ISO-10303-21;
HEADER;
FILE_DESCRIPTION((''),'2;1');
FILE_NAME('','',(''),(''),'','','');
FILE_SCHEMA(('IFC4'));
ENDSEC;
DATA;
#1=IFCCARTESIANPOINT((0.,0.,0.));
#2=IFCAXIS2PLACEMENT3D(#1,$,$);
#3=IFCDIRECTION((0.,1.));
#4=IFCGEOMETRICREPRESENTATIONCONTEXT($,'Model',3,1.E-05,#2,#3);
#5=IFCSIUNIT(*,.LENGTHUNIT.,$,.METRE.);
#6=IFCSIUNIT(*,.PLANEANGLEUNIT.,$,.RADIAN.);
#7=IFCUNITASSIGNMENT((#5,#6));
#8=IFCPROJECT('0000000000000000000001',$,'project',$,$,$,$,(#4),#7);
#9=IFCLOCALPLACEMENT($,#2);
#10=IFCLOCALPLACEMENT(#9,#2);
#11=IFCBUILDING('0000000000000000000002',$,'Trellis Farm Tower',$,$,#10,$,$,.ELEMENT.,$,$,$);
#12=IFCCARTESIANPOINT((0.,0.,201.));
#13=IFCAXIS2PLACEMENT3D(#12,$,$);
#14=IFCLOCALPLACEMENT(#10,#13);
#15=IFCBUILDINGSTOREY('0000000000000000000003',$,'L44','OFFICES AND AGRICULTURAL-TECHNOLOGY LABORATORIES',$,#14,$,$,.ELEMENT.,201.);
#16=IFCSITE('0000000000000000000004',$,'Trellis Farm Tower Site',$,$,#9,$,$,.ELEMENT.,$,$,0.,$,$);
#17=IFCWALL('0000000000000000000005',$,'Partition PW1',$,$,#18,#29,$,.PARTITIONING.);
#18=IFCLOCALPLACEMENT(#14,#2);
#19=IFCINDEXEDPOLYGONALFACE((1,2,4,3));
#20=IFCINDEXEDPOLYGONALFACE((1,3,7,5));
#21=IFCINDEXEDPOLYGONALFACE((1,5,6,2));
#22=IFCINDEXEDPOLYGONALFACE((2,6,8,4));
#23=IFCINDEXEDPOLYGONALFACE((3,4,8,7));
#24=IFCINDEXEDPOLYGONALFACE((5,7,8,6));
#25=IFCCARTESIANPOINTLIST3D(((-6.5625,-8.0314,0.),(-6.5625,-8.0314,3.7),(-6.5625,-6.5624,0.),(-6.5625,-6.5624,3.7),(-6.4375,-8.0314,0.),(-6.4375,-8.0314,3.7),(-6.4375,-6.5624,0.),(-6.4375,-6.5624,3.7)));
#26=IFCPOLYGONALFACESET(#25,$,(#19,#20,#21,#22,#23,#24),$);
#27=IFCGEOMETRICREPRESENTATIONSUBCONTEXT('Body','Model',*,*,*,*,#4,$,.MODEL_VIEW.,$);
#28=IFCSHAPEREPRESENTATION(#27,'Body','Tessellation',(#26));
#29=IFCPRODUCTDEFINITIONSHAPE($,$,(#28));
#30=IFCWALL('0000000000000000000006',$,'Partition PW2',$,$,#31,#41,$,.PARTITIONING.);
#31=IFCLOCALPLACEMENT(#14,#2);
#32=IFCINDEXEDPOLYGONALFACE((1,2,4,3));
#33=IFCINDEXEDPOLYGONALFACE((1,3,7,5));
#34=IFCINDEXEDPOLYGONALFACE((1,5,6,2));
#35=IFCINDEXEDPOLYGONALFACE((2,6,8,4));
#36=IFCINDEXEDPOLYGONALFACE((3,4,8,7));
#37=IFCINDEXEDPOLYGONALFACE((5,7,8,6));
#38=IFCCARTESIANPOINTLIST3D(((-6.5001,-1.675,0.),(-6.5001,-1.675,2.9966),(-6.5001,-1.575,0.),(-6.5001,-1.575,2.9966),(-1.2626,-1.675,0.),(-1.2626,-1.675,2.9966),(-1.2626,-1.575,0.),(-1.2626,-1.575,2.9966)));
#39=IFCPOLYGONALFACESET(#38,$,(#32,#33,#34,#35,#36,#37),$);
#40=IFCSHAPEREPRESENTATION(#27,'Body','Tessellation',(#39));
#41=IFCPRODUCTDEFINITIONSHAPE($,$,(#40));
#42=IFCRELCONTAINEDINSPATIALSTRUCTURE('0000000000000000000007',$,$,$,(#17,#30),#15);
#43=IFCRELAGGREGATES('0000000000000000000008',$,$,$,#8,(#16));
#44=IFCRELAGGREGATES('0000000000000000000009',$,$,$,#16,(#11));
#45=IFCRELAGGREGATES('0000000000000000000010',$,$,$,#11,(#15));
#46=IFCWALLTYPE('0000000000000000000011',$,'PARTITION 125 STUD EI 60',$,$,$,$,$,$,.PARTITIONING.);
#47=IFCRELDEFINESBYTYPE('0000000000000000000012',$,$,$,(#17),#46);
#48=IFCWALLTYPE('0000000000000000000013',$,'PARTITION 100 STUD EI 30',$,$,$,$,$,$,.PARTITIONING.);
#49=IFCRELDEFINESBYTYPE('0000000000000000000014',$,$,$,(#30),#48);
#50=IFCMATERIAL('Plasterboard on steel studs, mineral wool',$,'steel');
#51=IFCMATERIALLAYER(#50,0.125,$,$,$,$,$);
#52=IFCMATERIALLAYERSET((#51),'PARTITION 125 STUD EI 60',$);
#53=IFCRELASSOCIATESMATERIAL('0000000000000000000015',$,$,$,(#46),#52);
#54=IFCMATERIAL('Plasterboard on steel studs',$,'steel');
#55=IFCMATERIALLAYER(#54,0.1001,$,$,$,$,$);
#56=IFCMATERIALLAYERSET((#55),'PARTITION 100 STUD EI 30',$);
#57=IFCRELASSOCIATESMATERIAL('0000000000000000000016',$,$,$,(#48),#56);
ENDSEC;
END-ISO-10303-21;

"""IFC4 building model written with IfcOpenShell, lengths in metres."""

from ifc_helpers import new_model, si_unit, direction, frame, frame_2d, origin, place, context, subcontext, project, spatial, rectangle, extrude, source, transform, mapped, material, layer, layer_set, type_object, element, save


model = new_model("IFC4")

# Units and contexts
model_context = context("Model", 3, precision=1e-05, world=origin(), true_north=direction((0.0, 1.0)))
body_context = subcontext(model_context, "Body", "Model", "MODEL_VIEW")
ifc_project = project(units=[si_unit("LENGTHUNIT", "METRE"), si_unit("PLANEANGLEUNIT", "RADIAN")], contexts=[model_context])

# Site, building, storey
site_placement = place(None, origin())
site = spatial("IfcSite", under=ifc_project, at=site_placement, Name="Trellis Farm Tower Site", CompositionType="ELEMENT", RefElevation=0.0)
building_placement = place(site_placement, origin())
building = spatial("IfcBuilding", under=site, at=building_placement, Name="Trellis Farm Tower", CompositionType="ELEMENT")
storey_placement = place(building_placement, frame((0.0, 0.0, 201.0)))
storey = spatial("IfcBuildingStorey", under=building, at=storey_placement, Name="L44", Description="OFFICES AND AGRICULTURAL-TECHNOLOGY LABORATORIES", CompositionType="ELEMENT", Elevation=201.0)

# Walls
ifc_material_1 = material(Name="Plasterboard on steel studs, mineral wool", Category="steel")
ifc_layer_1 = layer(ifc_material_1, 0.125)
ifc_layer_set_1 = layer_set([ifc_layer_1], Name="PARTITION 125 STUD EI 60")
wall_type_1 = type_object("IfcWallType", Name="PARTITION 125 STUD EI 60", PredefinedType="PARTITIONING", material=ifc_layer_set_1)
shared_shape_1 = source(origin(), body_context, "Body", "SweptSolid", [
    extrude(rectangle(XDim=1.469, YDim=0.125, at=frame_2d((0.7344, 0.0))), origin(), (0.0, 0.0, 1.0), 3.7),
])
wall_1_placement = place(storey_placement, frame((-6.5, -6.5625, 0.0), z_axis=(0.0, 0.0, 1.0), x_axis=(0.0, -1.0, 0.0)))
element("IfcWall", 1, at=wall_1_placement, inside=storey, type_object=wall_type_1, Name="Partition PW1", PredefinedType="PARTITIONING", context=body_context, shape_type="MappedRepresentation", body=[
    mapped(shared_shape_1, transform((0.0, 0.0, 0.0))),
])
ifc_material_2 = material(Name="Plasterboard on steel studs", Category="steel")
ifc_layer_2 = layer(ifc_material_2, 0.1001)
ifc_layer_set_2 = layer_set([ifc_layer_2], Name="PARTITION 100 STUD EI 30")
wall_type_2 = type_object("IfcWallType", Name="PARTITION 100 STUD EI 30", PredefinedType="PARTITIONING", material=ifc_layer_set_2)
shared_shape_2 = source(origin(), body_context, "Body", "SweptSolid", [
    extrude(rectangle(XDim=5.2375, YDim=0.1001, at=frame_2d((2.6187, 0.0))), origin(), (0.0, 0.0, 1.0), 2.9966),
])
wall_2_placement = place(storey_placement, frame((-6.5, -1.625, 0.0), z_axis=(0.0, 0.0, 1.0), x_axis=(1.0, 0.0, 0.0)))
element("IfcWall", 2, at=wall_2_placement, inside=storey, type_object=wall_type_2, Name="Partition PW2", PredefinedType="PARTITIONING", context=body_context, shape_type="MappedRepresentation", body=[
    mapped(shared_shape_2, transform((0.0, 0.0, 0.0))),
])

save(model, "model.ifc")
